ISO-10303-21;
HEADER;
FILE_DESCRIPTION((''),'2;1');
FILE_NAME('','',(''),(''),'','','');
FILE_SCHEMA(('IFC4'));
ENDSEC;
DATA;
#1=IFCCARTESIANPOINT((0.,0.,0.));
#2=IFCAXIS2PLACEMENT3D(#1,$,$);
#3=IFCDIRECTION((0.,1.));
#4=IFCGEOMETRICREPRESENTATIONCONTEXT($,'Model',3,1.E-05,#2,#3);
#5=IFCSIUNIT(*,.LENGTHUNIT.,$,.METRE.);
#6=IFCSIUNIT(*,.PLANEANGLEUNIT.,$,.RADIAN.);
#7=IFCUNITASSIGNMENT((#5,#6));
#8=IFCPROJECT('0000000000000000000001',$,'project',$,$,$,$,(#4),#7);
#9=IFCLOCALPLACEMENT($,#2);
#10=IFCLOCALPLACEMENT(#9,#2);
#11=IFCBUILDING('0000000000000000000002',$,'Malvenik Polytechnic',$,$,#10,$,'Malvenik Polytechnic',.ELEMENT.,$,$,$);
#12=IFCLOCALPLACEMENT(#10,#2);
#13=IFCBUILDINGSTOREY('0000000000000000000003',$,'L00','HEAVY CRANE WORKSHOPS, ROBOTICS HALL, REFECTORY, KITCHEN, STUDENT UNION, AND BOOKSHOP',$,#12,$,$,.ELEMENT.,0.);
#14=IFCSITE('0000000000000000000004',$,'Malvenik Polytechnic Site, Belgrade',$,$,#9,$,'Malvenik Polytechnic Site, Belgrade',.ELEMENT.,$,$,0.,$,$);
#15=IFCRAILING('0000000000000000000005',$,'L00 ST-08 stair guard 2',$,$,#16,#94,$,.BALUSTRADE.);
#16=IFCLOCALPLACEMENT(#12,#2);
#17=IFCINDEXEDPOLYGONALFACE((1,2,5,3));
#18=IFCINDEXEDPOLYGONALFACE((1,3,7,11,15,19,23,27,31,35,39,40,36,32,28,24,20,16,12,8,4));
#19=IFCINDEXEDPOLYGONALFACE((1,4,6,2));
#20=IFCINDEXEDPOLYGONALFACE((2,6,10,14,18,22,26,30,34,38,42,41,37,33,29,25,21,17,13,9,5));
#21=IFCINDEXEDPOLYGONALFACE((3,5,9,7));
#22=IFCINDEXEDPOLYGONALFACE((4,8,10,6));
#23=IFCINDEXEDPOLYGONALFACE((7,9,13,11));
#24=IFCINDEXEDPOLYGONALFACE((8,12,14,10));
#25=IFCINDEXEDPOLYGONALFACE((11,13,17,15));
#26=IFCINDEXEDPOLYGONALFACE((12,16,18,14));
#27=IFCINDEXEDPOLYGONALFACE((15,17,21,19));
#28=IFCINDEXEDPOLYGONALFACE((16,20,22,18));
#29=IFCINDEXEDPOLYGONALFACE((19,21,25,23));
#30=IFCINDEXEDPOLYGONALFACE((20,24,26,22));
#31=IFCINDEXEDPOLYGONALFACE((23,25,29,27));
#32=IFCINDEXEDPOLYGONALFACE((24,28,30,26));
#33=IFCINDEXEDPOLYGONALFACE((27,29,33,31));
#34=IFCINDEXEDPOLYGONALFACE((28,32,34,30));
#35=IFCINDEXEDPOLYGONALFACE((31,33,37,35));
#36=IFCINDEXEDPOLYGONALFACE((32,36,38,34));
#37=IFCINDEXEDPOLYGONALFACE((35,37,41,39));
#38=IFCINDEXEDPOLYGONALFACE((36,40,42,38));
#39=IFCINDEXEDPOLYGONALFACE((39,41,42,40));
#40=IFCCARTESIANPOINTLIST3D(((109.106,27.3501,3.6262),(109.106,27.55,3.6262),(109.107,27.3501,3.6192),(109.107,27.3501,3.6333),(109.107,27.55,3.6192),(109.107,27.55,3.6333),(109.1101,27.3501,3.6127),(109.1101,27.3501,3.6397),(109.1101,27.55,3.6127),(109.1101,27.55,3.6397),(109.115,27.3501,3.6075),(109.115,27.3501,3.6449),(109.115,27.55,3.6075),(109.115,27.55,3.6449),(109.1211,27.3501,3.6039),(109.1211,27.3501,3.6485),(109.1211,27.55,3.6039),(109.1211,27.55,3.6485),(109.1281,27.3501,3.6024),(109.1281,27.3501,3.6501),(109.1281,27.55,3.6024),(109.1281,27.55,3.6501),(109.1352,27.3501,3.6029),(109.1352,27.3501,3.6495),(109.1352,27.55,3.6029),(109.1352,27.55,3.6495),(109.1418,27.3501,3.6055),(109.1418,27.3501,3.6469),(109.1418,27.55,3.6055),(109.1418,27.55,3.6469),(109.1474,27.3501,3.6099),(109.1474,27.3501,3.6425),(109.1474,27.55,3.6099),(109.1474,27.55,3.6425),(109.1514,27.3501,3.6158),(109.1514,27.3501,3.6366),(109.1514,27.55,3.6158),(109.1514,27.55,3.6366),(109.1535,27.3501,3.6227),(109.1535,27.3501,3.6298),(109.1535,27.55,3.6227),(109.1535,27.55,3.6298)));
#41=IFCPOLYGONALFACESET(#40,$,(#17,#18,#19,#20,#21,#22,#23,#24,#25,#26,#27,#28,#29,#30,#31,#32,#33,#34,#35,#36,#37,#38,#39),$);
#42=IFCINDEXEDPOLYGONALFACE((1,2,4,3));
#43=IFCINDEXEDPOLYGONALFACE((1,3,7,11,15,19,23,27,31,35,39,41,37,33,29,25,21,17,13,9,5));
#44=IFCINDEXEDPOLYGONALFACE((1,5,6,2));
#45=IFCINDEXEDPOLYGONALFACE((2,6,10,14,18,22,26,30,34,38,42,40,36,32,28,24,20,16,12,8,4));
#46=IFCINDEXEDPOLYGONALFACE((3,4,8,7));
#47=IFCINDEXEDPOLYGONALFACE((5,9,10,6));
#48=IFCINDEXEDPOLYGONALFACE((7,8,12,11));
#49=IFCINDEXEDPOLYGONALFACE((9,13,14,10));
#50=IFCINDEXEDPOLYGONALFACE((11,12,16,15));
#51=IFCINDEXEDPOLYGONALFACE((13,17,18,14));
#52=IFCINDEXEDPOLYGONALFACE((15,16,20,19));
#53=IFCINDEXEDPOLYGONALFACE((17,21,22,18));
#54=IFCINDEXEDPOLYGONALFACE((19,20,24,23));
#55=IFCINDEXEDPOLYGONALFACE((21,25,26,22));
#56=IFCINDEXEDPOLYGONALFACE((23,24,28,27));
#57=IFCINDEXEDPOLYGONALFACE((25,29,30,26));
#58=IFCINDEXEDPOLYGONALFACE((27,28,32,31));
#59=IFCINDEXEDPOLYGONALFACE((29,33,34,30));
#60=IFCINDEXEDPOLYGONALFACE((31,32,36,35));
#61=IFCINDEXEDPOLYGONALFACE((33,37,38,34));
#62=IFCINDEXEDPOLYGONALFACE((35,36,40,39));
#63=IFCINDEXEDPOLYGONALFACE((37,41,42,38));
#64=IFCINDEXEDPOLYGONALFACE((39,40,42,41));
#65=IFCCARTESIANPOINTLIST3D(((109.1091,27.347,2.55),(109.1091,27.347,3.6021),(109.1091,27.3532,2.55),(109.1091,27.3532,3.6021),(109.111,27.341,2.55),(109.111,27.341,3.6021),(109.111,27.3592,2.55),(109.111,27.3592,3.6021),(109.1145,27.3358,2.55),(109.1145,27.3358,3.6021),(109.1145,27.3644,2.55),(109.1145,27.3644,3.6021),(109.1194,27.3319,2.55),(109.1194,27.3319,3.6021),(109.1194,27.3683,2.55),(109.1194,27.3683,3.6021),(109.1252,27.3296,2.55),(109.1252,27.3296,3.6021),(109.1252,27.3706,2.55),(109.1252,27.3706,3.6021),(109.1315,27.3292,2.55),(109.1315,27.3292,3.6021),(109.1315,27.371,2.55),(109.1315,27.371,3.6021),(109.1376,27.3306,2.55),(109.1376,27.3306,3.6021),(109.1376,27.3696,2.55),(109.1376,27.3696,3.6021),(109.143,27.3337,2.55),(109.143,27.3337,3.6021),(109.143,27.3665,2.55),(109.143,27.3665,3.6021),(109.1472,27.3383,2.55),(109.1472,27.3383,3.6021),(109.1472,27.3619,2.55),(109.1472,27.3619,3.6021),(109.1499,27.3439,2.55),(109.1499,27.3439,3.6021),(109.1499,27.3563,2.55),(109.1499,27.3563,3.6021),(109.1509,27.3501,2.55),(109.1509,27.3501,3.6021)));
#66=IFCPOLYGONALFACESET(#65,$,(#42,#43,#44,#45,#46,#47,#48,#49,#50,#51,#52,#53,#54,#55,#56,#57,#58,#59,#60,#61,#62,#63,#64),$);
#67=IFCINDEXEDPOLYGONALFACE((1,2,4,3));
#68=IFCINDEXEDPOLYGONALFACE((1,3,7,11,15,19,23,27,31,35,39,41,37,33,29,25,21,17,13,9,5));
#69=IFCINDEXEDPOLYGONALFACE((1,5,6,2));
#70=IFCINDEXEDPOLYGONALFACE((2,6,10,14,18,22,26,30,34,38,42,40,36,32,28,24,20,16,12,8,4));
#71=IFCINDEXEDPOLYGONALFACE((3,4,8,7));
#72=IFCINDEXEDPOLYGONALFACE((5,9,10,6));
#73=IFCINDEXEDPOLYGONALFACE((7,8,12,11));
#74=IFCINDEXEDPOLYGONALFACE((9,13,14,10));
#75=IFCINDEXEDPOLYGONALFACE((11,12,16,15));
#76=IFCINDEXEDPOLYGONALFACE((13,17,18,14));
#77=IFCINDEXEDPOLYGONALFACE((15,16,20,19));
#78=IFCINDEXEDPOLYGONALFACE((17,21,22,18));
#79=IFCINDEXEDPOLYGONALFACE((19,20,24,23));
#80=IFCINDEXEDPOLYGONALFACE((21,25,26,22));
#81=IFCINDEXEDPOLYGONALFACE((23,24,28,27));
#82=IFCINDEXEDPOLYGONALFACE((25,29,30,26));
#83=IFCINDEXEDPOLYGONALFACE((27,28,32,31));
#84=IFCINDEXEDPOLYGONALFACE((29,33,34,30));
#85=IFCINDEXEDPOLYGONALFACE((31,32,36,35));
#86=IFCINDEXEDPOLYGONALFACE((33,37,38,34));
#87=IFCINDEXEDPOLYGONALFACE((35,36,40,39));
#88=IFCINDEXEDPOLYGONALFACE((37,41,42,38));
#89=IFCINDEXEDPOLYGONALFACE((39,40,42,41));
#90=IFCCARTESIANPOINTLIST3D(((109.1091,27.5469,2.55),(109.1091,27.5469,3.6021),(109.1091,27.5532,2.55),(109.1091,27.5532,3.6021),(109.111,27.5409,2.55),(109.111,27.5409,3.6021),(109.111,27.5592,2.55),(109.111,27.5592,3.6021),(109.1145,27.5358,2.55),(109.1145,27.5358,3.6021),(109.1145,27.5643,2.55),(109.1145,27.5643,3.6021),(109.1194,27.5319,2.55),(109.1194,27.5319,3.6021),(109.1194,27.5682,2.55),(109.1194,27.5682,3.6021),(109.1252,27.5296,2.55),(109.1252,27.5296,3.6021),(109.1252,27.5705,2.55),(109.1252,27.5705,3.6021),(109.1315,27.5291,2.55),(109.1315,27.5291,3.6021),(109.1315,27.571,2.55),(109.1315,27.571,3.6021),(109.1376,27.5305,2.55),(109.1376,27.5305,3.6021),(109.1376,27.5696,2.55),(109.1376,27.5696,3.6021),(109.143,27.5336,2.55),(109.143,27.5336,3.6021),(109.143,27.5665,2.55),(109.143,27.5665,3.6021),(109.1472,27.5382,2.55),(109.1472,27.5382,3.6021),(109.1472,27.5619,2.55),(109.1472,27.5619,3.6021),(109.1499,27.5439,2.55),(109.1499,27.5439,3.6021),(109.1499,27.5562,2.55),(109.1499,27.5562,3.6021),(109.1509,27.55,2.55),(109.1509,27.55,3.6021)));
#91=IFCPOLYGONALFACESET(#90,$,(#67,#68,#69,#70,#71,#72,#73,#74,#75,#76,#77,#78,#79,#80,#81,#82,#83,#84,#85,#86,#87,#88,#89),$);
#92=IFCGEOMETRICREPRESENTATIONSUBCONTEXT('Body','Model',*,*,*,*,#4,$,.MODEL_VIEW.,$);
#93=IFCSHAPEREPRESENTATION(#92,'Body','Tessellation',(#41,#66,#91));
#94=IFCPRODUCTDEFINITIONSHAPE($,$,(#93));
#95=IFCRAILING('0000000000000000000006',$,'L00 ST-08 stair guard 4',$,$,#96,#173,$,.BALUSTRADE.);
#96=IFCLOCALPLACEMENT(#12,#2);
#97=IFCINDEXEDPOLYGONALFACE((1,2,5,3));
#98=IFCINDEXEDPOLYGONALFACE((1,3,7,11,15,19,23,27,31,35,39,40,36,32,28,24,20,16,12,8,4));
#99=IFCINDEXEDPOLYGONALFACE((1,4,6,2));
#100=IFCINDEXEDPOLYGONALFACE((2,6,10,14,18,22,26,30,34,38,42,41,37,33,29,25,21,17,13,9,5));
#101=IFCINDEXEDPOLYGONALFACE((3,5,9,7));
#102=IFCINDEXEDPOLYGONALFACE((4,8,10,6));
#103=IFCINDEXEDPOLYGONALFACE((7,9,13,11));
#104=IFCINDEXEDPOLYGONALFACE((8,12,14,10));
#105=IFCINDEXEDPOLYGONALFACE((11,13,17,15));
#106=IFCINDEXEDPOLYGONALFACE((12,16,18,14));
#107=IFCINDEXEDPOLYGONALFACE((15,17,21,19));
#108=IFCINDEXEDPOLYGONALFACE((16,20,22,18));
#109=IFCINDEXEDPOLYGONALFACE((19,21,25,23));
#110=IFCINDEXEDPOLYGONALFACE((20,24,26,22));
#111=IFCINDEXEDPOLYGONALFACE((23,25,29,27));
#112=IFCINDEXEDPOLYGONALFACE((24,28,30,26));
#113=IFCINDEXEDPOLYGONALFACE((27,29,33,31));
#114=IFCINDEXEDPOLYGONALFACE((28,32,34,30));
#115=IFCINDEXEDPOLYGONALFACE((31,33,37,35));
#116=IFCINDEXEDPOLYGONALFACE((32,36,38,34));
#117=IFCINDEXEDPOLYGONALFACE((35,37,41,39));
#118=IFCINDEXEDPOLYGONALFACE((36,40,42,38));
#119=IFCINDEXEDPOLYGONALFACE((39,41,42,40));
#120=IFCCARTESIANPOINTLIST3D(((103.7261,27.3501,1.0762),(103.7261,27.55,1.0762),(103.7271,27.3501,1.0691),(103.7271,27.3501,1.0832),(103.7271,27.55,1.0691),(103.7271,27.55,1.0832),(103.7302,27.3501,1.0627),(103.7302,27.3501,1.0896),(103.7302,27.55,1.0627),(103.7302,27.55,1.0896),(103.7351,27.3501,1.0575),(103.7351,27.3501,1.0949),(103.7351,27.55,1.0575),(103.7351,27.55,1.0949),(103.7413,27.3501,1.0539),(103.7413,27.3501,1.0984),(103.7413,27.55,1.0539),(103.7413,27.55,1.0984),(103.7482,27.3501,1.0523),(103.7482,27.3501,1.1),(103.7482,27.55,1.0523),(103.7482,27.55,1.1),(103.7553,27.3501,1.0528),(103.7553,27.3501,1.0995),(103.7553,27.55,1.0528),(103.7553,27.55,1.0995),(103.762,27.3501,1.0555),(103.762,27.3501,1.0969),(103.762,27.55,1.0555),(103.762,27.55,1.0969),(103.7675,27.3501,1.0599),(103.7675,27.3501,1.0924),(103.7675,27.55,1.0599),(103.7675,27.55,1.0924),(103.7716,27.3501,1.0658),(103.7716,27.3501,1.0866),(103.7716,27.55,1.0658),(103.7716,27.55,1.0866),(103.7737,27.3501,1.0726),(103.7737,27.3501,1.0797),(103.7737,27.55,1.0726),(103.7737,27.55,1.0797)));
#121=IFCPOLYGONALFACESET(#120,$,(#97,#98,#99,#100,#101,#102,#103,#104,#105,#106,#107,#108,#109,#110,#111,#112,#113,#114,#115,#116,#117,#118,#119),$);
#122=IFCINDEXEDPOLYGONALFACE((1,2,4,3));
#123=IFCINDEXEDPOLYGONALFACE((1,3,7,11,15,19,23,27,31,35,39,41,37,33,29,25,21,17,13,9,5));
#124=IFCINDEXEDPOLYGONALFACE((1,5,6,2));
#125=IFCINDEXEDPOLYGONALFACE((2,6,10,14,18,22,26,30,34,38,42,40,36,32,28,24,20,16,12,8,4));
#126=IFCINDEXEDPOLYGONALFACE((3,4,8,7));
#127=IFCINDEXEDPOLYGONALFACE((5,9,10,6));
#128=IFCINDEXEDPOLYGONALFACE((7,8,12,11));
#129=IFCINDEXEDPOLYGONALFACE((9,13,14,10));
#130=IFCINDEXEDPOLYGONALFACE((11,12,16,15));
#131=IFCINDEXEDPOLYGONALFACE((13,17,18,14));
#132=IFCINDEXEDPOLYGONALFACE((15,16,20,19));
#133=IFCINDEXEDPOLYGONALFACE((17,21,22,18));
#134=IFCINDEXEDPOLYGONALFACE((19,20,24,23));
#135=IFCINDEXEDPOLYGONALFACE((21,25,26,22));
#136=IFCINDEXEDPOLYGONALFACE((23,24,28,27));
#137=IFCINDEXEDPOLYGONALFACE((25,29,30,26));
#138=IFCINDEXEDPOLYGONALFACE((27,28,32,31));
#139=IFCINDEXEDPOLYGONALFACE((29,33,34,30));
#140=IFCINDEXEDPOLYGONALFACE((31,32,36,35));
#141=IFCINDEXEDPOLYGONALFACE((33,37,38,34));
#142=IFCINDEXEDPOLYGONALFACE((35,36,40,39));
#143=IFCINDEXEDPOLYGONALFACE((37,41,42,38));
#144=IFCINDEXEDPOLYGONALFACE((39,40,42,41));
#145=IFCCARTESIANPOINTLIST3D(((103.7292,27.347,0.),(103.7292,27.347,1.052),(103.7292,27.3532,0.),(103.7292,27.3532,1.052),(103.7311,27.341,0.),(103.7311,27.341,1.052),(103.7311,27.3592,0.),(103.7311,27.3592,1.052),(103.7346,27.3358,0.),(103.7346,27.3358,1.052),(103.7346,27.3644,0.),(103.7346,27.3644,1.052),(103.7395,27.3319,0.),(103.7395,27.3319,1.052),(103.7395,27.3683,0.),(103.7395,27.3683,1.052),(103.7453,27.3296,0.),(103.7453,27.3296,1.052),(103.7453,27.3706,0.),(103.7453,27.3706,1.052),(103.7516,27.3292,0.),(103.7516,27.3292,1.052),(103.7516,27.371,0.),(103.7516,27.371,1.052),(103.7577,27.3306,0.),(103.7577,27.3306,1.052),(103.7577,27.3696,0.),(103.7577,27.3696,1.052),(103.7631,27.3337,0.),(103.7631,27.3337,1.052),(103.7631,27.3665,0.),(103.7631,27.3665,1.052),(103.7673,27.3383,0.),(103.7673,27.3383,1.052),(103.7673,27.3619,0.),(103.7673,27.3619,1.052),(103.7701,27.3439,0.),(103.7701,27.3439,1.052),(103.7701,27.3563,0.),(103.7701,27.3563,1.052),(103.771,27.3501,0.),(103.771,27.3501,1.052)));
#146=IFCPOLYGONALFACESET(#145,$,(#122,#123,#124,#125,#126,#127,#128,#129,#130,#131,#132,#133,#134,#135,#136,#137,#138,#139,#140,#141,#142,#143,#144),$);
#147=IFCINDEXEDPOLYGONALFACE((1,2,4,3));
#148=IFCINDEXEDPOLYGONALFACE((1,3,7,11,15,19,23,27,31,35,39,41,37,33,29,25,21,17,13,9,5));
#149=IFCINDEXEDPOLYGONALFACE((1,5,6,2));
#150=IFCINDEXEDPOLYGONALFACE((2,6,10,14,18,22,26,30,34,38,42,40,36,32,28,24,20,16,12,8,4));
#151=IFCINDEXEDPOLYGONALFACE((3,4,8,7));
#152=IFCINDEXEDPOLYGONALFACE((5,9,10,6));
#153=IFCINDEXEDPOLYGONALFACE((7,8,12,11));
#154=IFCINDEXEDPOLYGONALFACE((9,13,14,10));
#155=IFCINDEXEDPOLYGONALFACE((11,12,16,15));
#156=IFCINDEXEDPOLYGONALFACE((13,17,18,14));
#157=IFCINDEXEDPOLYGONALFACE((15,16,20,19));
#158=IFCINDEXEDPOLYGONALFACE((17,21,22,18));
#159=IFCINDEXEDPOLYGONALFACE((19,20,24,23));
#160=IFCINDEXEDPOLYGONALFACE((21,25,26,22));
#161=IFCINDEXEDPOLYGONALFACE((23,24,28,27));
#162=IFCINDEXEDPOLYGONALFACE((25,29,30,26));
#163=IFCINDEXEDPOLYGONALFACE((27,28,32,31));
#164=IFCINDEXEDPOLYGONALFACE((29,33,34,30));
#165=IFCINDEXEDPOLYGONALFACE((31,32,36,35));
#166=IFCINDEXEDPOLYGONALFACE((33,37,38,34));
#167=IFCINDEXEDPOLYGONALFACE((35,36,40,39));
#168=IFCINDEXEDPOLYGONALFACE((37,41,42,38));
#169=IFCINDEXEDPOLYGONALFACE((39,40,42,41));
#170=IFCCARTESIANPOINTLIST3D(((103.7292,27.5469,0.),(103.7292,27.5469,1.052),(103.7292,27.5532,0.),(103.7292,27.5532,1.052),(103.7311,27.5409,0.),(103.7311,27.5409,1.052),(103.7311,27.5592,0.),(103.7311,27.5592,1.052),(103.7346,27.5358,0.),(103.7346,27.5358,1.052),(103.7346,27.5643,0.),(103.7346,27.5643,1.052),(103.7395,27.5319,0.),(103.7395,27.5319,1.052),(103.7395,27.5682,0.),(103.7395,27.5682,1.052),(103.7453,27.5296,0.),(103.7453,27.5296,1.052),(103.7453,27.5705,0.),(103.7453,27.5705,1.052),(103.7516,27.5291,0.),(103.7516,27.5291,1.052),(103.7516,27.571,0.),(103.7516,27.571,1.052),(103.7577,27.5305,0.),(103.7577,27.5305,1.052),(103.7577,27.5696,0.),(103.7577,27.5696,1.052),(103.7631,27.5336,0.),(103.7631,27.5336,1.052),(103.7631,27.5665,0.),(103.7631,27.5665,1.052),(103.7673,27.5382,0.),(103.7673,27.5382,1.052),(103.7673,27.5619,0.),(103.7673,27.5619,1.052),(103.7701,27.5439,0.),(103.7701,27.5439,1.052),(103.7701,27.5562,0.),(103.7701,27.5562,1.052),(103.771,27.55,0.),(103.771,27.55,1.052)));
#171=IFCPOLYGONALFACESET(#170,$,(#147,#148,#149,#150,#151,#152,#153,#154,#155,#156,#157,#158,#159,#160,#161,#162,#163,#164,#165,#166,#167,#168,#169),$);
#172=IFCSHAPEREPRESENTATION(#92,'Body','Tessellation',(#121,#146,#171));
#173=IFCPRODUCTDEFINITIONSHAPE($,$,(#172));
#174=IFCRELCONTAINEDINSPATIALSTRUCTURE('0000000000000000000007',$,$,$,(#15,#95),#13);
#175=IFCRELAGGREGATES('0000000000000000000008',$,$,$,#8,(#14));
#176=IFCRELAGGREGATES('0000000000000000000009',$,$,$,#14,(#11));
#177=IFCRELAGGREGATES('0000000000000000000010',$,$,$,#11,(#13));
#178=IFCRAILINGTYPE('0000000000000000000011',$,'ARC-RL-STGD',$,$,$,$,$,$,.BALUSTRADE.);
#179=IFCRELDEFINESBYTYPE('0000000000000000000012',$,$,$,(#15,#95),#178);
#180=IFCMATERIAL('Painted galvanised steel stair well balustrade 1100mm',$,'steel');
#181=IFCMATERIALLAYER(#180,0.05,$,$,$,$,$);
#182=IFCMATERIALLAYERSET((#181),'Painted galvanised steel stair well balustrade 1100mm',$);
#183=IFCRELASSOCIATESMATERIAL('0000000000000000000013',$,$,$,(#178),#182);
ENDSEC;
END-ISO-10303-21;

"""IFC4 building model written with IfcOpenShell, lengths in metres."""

from ifc_helpers import new_model, si_unit, direction, frame, origin, origin_2d, place, context, subcontext, project, spatial, circle, extrude, material, layer, layer_set, type_object, element, save


model = new_model("IFC4")

# Units and contexts
model_context = context("Model", 3, precision=1e-05, world=origin(), true_north=direction((0.0, 1.0)))
body_context = subcontext(model_context, "Body", "Model", "MODEL_VIEW")
ifc_project = project(units=[si_unit("LENGTHUNIT", "METRE"), si_unit("PLANEANGLEUNIT", "RADIAN")], contexts=[model_context])

# Site, building, storey
site_placement = place(None, origin())
site = spatial("IfcSite", under=ifc_project, at=site_placement, Name="Malvenik Polytechnic Site, Belgrade", LongName="Malvenik Polytechnic Site, Belgrade", CompositionType="ELEMENT", RefElevation=0.0)
building_placement = place(site_placement, origin())
building = spatial("IfcBuilding", under=site, at=building_placement, Name="Malvenik Polytechnic", LongName="Malvenik Polytechnic", CompositionType="ELEMENT")
storey_placement = place(building_placement, origin())
storey = spatial("IfcBuildingStorey", under=building, at=storey_placement, Name="L00", Description="HEAVY CRANE WORKSHOPS, ROBOTICS HALL, REFECTORY, KITCHEN, STUDENT UNION, AND BOOKSHOP", CompositionType="ELEMENT", Elevation=0.0)

# Railings
ifc_material_1 = material(Name="Painted galvanised steel stair well balustrade 1100mm", Category="steel")
ifc_layer_1 = layer(ifc_material_1, 0.05)
ifc_layer_set_1 = layer_set([ifc_layer_1], Name="Painted galvanised steel stair well balustrade 1100mm")
railing_type_1 = type_object("IfcRailingType", Name="ARC-RL-STGD", PredefinedType="BALUSTRADE", material=ifc_layer_set_1)
for number, where, name in (
    (1, (109.1299, 27.3501, 2.55), "L00 ST-08 stair guard 2"),
    (2, (103.75, 27.3501, 0.0), "L00 ST-08 stair guard 4"),
):
    element("IfcRailing", number, at=place(storey_placement, frame(where)), inside=storey, type_object=railing_type_1, Name=name, PredefinedType="BALUSTRADE", context=body_context, shape_type="SweptSolid", body=[
        extrude(circle(Radius=0.0239, at=origin_2d()), frame((0.0, 0.0, 1.0762), z_axis=(0.0, 1.0, 0.0), x_axis=(-1.0, 0.0, 0.0)), (0.0, 0.0, 1.0), 0.2),
        extrude(circle(Radius=0.021, at=origin_2d()), origin(), (0.0, 0.0, 1.0), 1.052),
        extrude(circle(Radius=0.021, at=origin_2d()), frame((0.0, 0.2, 0.0)), (0.0, 0.0, 1.0), 1.052),
    ])

save(model, "model.ifc")
